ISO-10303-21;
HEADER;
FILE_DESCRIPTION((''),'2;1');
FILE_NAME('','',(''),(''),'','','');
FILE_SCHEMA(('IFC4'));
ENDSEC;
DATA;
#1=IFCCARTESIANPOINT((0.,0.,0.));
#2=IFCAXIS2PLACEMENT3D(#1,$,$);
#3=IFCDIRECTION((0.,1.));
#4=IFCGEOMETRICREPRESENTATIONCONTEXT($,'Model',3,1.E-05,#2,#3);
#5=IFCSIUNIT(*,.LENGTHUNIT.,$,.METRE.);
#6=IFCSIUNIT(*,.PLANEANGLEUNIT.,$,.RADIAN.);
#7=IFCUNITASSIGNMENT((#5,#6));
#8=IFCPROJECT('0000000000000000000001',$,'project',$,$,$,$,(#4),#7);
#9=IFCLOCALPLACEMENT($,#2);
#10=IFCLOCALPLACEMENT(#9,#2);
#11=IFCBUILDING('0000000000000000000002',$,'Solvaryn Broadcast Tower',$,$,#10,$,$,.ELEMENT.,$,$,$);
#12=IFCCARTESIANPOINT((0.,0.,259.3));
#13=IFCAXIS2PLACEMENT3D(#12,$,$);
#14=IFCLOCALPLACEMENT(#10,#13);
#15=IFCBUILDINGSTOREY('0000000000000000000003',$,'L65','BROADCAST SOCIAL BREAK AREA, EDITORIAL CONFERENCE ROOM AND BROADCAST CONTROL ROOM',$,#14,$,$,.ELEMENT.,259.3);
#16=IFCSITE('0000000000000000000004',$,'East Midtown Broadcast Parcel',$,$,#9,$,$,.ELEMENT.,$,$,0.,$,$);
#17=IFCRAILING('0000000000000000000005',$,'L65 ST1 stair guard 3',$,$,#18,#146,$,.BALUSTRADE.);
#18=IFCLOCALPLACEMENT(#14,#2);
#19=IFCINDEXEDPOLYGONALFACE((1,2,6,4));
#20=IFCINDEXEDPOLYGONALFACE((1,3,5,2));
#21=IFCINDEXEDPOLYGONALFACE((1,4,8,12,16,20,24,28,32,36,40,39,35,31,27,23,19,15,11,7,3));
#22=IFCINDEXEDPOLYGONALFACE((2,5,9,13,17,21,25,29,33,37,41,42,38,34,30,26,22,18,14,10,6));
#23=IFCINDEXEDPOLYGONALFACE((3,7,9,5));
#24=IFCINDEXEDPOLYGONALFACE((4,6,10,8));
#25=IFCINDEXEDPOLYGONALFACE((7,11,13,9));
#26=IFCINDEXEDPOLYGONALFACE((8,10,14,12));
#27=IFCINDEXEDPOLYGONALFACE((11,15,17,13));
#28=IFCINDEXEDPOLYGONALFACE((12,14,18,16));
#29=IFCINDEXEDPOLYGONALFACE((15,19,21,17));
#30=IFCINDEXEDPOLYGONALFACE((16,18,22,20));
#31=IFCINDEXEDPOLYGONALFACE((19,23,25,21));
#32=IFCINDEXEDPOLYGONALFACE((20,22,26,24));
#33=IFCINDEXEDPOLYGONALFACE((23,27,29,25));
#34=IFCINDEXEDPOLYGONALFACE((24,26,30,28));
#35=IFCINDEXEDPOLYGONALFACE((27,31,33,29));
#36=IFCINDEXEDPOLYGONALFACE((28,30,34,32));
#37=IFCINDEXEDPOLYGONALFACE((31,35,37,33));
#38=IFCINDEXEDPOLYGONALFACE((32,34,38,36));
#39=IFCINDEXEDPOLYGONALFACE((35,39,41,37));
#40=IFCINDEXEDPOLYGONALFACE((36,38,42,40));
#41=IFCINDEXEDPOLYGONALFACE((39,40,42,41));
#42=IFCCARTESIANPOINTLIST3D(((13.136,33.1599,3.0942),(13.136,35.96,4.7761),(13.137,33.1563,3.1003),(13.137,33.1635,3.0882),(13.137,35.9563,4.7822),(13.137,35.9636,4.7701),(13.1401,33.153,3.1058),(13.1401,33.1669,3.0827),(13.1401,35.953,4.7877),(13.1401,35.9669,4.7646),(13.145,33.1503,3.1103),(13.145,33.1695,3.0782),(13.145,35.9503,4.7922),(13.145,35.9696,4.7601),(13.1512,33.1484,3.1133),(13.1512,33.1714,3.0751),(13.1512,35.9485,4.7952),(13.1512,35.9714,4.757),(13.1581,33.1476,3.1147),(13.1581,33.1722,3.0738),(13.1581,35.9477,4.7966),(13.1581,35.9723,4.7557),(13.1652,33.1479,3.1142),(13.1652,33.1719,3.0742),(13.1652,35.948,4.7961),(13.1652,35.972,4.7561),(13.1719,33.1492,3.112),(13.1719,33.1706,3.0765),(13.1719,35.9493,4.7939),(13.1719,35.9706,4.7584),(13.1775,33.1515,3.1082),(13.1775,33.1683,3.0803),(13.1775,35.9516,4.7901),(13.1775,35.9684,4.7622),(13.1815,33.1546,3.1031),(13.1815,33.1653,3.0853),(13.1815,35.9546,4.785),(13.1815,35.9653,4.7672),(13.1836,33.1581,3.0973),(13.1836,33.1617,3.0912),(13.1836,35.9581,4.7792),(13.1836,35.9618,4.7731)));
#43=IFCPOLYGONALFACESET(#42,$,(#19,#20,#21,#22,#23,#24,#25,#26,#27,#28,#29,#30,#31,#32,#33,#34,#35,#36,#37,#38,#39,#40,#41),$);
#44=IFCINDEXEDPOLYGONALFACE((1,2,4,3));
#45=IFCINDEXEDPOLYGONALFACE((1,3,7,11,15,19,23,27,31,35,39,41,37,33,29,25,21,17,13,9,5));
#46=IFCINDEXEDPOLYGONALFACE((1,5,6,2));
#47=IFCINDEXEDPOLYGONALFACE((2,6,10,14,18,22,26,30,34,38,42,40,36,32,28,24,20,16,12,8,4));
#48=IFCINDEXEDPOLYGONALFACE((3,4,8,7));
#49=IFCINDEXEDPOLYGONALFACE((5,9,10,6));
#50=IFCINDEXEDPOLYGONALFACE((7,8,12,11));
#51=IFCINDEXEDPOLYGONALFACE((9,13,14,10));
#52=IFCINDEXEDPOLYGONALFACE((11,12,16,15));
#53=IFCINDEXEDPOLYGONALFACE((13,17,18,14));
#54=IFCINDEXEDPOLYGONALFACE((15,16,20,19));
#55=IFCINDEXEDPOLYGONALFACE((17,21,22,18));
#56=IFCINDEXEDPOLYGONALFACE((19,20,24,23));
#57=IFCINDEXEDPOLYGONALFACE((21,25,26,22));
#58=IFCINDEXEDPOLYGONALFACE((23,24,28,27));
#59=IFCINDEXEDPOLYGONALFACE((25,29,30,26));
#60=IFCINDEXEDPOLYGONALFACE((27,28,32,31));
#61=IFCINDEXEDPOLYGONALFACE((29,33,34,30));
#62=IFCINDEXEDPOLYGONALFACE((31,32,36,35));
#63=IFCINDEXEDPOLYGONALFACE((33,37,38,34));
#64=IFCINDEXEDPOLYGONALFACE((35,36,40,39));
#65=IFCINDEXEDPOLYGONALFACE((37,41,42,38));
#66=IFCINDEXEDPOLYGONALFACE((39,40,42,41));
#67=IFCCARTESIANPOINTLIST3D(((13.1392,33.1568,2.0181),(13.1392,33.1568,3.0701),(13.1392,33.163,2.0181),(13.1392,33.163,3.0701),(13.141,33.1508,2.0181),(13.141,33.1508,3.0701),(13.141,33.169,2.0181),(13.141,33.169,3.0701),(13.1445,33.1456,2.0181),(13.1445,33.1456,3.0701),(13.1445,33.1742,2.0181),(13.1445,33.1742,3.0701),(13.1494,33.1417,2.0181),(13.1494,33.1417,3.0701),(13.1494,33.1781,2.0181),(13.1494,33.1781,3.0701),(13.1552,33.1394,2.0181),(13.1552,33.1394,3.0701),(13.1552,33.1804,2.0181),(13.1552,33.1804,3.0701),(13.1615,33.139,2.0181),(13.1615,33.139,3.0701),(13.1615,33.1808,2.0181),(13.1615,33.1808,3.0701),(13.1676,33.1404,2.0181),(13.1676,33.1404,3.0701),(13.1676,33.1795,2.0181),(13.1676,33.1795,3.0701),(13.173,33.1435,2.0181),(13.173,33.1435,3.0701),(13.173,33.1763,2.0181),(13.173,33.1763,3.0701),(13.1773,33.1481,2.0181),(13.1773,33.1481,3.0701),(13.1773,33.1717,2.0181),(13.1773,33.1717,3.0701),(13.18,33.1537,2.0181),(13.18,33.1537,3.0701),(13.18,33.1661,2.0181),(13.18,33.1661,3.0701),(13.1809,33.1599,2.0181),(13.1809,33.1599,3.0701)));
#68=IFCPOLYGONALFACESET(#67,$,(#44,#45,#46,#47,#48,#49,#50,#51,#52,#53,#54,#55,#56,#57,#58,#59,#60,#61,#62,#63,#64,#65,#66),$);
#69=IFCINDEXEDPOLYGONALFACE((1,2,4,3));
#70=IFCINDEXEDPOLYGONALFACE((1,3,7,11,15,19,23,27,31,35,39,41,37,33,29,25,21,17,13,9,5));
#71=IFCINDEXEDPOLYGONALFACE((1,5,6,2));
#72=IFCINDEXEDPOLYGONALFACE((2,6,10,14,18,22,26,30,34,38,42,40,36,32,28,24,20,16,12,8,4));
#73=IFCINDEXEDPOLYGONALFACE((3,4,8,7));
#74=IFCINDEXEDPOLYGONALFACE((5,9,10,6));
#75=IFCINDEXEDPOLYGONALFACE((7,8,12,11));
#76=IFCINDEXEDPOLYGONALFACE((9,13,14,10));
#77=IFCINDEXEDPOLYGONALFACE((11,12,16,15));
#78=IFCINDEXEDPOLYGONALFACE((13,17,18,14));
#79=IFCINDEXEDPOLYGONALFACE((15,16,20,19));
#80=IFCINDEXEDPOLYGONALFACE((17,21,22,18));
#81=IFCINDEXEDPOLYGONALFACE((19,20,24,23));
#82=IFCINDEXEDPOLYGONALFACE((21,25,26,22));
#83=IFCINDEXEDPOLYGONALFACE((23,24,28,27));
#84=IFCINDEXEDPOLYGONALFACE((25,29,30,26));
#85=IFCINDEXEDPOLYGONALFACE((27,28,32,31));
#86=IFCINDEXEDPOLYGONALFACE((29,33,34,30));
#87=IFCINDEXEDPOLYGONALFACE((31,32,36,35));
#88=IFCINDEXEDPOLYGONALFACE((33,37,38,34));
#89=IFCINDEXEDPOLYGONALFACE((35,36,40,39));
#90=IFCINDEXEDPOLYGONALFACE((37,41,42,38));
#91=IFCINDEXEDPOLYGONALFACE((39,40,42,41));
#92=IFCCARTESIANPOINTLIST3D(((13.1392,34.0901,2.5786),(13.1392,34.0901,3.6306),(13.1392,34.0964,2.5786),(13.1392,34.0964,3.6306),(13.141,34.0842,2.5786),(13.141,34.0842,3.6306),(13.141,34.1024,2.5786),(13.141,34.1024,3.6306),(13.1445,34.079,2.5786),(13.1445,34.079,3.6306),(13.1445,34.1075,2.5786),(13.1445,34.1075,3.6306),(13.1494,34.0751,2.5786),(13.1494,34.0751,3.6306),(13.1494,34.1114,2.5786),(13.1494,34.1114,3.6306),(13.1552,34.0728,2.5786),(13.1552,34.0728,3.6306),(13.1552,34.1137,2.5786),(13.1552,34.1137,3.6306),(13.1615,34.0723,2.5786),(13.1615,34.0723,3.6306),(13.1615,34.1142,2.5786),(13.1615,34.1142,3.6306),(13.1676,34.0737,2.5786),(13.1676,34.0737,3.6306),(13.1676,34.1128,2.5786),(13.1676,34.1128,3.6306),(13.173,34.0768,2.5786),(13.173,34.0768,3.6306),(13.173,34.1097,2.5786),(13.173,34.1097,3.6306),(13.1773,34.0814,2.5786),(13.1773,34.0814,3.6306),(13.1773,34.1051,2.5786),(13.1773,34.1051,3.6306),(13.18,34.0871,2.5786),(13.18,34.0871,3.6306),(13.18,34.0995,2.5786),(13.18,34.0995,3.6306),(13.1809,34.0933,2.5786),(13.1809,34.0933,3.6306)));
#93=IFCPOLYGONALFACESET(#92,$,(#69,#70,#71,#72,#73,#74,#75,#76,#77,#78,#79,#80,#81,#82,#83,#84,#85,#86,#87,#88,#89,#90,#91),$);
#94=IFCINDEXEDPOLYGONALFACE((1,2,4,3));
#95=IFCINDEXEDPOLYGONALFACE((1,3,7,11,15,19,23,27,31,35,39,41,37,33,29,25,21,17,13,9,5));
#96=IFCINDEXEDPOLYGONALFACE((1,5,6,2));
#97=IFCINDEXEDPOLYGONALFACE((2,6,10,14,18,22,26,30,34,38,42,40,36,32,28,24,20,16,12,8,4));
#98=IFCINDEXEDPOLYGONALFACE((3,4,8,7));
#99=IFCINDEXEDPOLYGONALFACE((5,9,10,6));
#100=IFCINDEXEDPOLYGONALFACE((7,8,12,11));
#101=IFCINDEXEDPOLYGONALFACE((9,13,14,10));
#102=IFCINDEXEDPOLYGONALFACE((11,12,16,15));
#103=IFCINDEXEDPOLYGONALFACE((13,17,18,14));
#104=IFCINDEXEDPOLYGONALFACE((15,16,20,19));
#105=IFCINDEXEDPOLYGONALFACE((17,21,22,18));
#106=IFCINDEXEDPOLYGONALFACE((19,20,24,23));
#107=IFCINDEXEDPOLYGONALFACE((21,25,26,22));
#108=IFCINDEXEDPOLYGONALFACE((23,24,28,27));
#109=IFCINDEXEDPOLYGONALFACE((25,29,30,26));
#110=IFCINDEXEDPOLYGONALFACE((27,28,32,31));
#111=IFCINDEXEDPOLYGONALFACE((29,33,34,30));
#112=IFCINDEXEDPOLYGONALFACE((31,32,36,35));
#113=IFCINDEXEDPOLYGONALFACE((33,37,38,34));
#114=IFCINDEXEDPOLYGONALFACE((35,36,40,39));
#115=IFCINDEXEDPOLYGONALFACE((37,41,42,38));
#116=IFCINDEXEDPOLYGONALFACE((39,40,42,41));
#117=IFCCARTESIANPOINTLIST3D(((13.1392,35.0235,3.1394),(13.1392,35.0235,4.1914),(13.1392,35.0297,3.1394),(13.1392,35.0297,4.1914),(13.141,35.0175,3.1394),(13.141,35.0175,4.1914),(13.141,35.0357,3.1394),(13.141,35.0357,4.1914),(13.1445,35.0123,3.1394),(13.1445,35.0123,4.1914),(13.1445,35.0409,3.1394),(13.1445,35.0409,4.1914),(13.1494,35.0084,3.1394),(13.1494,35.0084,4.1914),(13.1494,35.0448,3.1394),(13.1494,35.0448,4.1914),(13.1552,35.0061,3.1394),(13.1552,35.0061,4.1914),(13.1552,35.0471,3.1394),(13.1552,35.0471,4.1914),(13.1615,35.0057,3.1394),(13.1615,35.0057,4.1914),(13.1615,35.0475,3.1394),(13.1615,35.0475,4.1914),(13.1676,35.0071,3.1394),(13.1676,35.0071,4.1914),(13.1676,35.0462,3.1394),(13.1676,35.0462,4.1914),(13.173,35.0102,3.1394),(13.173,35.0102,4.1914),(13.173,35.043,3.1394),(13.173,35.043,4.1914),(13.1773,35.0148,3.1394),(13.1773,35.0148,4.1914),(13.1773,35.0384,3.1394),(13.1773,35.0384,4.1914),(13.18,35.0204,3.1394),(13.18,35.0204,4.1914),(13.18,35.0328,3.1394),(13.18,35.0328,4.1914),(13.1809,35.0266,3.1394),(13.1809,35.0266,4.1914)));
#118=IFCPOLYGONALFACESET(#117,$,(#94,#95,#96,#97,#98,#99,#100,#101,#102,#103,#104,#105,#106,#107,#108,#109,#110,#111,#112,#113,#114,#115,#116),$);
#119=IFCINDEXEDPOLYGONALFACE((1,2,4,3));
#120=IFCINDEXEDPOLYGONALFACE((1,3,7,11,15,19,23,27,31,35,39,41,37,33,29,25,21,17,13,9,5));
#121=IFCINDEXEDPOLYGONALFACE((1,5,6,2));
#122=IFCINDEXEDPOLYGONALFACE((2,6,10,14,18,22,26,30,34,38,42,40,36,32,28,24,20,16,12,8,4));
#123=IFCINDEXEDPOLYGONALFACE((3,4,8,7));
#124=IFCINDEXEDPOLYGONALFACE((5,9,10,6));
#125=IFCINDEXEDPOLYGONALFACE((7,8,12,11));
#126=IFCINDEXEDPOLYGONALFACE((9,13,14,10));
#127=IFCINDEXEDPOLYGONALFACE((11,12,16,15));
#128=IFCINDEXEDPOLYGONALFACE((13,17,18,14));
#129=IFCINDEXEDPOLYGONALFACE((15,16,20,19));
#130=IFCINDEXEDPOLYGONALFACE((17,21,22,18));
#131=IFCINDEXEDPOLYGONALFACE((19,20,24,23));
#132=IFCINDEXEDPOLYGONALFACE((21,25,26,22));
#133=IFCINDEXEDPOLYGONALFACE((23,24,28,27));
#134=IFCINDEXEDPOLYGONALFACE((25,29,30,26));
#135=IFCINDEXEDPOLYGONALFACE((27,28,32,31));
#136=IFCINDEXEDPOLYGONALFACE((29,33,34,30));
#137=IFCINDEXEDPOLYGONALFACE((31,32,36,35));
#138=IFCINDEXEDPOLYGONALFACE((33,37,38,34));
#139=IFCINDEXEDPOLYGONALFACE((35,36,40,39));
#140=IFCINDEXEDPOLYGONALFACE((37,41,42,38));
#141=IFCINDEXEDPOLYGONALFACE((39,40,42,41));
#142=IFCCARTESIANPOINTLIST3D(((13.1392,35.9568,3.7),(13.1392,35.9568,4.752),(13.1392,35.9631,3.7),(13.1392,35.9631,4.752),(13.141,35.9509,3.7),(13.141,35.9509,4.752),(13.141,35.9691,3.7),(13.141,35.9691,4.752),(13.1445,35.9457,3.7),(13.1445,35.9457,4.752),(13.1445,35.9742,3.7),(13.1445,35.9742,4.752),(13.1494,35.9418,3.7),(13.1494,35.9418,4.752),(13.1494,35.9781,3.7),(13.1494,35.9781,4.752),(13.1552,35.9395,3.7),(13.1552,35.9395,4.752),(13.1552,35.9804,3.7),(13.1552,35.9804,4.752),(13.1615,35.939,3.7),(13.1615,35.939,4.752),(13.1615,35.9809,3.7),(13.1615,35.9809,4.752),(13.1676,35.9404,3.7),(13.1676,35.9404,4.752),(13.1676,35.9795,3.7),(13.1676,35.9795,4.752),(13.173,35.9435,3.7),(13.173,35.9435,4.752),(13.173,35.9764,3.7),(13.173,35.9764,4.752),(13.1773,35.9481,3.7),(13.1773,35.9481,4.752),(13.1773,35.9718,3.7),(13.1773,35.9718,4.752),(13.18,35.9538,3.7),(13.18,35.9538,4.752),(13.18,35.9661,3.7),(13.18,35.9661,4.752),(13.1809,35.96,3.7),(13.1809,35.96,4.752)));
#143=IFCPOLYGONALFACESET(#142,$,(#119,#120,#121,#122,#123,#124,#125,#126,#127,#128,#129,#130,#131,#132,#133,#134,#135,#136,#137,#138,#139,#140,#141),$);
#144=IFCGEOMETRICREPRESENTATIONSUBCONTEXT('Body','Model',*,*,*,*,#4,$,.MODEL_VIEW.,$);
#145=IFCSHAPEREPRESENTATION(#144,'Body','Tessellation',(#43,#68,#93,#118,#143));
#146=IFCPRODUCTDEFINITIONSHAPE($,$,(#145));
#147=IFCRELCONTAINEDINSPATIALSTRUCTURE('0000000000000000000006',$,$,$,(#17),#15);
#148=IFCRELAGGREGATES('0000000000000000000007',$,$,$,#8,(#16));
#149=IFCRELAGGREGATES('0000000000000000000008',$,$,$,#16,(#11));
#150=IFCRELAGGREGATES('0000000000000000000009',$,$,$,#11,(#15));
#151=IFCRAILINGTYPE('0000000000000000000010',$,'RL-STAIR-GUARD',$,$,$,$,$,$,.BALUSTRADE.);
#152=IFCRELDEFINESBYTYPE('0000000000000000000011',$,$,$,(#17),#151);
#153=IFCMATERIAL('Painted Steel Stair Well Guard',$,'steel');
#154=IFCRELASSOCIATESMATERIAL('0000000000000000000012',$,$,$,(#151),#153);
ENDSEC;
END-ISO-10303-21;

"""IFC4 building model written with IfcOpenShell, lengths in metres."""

from ifc_helpers import new_model, si_unit, direction, frame, origin, origin_2d, place, context, subcontext, project, spatial, circle, extrude, material, type_object, element, save


model = new_model("IFC4")

# Units and contexts
model_context = context("Model", 3, precision=1e-05, world=origin(), true_north=direction((0.0, 1.0)))
body_context = subcontext(model_context, "Body", "Model", "MODEL_VIEW")
ifc_project = project(units=[si_unit("LENGTHUNIT", "METRE"), si_unit("PLANEANGLEUNIT", "RADIAN")], contexts=[model_context])

# Site, building, storey
site_placement = place(None, origin())
site = spatial("IfcSite", under=ifc_project, at=site_placement, Name="East Midtown Broadcast Parcel", CompositionType="ELEMENT", RefElevation=0.0)
building_placement = place(site_placement, origin())
building = spatial("IfcBuilding", under=site, at=building_placement, Name="Solvaryn Broadcast Tower", CompositionType="ELEMENT")
storey_placement = place(building_placement, frame((0.0, 0.0, 259.3)))
storey = spatial("IfcBuildingStorey", under=building, at=storey_placement, Name="L65", Description="BROADCAST SOCIAL BREAK AREA, EDITORIAL CONFERENCE ROOM AND BROADCAST CONTROL ROOM", CompositionType="ELEMENT", Elevation=259.3)

# Railing
ifc_material_1 = material(Name="Painted Steel Stair Well Guard", Category="steel")
railing_type_1 = type_object("IfcRailingType", Name="RL-STAIR-GUARD", PredefinedType="BALUSTRADE", material=ifc_material_1)
railing_1_placement = place(storey_placement, frame((13.1599, 33.1599, 2.0181)))
element("IfcRailing", 1, at=railing_1_placement, inside=storey, type_object=railing_type_1, Name="L65 ST1 stair guard 3", PredefinedType="BALUSTRADE", context=body_context, shape_type="SweptSolid", body=[
    extrude(circle(Radius=0.0239, at=origin_2d()), frame((0.0, 0.0, 1.0762), z_axis=(0.0, 0.857242, 0.514913), x_axis=(-1.0, 0.0, 0.0)), (0.0, 0.0, 1.0), 3.2664),
    extrude(circle(Radius=0.021, at=origin_2d()), origin(), (0.0, 0.0, 1.0), 1.052),
    extrude(circle(Radius=0.021, at=origin_2d()), frame((0.0, 0.9333, 0.5605)), (0.0, 0.0, 1.0), 1.052),
    extrude(circle(Radius=0.021, at=origin_2d()), frame((0.0, 1.8667, 1.1213)), (0.0, 0.0, 1.0), 1.052),
    extrude(circle(Radius=0.021, at=origin_2d()), frame((0.0, 2.8, 1.6819)), (0.0, 0.0, 1.0), 1.052),
])

save(model, "model.ifc")
